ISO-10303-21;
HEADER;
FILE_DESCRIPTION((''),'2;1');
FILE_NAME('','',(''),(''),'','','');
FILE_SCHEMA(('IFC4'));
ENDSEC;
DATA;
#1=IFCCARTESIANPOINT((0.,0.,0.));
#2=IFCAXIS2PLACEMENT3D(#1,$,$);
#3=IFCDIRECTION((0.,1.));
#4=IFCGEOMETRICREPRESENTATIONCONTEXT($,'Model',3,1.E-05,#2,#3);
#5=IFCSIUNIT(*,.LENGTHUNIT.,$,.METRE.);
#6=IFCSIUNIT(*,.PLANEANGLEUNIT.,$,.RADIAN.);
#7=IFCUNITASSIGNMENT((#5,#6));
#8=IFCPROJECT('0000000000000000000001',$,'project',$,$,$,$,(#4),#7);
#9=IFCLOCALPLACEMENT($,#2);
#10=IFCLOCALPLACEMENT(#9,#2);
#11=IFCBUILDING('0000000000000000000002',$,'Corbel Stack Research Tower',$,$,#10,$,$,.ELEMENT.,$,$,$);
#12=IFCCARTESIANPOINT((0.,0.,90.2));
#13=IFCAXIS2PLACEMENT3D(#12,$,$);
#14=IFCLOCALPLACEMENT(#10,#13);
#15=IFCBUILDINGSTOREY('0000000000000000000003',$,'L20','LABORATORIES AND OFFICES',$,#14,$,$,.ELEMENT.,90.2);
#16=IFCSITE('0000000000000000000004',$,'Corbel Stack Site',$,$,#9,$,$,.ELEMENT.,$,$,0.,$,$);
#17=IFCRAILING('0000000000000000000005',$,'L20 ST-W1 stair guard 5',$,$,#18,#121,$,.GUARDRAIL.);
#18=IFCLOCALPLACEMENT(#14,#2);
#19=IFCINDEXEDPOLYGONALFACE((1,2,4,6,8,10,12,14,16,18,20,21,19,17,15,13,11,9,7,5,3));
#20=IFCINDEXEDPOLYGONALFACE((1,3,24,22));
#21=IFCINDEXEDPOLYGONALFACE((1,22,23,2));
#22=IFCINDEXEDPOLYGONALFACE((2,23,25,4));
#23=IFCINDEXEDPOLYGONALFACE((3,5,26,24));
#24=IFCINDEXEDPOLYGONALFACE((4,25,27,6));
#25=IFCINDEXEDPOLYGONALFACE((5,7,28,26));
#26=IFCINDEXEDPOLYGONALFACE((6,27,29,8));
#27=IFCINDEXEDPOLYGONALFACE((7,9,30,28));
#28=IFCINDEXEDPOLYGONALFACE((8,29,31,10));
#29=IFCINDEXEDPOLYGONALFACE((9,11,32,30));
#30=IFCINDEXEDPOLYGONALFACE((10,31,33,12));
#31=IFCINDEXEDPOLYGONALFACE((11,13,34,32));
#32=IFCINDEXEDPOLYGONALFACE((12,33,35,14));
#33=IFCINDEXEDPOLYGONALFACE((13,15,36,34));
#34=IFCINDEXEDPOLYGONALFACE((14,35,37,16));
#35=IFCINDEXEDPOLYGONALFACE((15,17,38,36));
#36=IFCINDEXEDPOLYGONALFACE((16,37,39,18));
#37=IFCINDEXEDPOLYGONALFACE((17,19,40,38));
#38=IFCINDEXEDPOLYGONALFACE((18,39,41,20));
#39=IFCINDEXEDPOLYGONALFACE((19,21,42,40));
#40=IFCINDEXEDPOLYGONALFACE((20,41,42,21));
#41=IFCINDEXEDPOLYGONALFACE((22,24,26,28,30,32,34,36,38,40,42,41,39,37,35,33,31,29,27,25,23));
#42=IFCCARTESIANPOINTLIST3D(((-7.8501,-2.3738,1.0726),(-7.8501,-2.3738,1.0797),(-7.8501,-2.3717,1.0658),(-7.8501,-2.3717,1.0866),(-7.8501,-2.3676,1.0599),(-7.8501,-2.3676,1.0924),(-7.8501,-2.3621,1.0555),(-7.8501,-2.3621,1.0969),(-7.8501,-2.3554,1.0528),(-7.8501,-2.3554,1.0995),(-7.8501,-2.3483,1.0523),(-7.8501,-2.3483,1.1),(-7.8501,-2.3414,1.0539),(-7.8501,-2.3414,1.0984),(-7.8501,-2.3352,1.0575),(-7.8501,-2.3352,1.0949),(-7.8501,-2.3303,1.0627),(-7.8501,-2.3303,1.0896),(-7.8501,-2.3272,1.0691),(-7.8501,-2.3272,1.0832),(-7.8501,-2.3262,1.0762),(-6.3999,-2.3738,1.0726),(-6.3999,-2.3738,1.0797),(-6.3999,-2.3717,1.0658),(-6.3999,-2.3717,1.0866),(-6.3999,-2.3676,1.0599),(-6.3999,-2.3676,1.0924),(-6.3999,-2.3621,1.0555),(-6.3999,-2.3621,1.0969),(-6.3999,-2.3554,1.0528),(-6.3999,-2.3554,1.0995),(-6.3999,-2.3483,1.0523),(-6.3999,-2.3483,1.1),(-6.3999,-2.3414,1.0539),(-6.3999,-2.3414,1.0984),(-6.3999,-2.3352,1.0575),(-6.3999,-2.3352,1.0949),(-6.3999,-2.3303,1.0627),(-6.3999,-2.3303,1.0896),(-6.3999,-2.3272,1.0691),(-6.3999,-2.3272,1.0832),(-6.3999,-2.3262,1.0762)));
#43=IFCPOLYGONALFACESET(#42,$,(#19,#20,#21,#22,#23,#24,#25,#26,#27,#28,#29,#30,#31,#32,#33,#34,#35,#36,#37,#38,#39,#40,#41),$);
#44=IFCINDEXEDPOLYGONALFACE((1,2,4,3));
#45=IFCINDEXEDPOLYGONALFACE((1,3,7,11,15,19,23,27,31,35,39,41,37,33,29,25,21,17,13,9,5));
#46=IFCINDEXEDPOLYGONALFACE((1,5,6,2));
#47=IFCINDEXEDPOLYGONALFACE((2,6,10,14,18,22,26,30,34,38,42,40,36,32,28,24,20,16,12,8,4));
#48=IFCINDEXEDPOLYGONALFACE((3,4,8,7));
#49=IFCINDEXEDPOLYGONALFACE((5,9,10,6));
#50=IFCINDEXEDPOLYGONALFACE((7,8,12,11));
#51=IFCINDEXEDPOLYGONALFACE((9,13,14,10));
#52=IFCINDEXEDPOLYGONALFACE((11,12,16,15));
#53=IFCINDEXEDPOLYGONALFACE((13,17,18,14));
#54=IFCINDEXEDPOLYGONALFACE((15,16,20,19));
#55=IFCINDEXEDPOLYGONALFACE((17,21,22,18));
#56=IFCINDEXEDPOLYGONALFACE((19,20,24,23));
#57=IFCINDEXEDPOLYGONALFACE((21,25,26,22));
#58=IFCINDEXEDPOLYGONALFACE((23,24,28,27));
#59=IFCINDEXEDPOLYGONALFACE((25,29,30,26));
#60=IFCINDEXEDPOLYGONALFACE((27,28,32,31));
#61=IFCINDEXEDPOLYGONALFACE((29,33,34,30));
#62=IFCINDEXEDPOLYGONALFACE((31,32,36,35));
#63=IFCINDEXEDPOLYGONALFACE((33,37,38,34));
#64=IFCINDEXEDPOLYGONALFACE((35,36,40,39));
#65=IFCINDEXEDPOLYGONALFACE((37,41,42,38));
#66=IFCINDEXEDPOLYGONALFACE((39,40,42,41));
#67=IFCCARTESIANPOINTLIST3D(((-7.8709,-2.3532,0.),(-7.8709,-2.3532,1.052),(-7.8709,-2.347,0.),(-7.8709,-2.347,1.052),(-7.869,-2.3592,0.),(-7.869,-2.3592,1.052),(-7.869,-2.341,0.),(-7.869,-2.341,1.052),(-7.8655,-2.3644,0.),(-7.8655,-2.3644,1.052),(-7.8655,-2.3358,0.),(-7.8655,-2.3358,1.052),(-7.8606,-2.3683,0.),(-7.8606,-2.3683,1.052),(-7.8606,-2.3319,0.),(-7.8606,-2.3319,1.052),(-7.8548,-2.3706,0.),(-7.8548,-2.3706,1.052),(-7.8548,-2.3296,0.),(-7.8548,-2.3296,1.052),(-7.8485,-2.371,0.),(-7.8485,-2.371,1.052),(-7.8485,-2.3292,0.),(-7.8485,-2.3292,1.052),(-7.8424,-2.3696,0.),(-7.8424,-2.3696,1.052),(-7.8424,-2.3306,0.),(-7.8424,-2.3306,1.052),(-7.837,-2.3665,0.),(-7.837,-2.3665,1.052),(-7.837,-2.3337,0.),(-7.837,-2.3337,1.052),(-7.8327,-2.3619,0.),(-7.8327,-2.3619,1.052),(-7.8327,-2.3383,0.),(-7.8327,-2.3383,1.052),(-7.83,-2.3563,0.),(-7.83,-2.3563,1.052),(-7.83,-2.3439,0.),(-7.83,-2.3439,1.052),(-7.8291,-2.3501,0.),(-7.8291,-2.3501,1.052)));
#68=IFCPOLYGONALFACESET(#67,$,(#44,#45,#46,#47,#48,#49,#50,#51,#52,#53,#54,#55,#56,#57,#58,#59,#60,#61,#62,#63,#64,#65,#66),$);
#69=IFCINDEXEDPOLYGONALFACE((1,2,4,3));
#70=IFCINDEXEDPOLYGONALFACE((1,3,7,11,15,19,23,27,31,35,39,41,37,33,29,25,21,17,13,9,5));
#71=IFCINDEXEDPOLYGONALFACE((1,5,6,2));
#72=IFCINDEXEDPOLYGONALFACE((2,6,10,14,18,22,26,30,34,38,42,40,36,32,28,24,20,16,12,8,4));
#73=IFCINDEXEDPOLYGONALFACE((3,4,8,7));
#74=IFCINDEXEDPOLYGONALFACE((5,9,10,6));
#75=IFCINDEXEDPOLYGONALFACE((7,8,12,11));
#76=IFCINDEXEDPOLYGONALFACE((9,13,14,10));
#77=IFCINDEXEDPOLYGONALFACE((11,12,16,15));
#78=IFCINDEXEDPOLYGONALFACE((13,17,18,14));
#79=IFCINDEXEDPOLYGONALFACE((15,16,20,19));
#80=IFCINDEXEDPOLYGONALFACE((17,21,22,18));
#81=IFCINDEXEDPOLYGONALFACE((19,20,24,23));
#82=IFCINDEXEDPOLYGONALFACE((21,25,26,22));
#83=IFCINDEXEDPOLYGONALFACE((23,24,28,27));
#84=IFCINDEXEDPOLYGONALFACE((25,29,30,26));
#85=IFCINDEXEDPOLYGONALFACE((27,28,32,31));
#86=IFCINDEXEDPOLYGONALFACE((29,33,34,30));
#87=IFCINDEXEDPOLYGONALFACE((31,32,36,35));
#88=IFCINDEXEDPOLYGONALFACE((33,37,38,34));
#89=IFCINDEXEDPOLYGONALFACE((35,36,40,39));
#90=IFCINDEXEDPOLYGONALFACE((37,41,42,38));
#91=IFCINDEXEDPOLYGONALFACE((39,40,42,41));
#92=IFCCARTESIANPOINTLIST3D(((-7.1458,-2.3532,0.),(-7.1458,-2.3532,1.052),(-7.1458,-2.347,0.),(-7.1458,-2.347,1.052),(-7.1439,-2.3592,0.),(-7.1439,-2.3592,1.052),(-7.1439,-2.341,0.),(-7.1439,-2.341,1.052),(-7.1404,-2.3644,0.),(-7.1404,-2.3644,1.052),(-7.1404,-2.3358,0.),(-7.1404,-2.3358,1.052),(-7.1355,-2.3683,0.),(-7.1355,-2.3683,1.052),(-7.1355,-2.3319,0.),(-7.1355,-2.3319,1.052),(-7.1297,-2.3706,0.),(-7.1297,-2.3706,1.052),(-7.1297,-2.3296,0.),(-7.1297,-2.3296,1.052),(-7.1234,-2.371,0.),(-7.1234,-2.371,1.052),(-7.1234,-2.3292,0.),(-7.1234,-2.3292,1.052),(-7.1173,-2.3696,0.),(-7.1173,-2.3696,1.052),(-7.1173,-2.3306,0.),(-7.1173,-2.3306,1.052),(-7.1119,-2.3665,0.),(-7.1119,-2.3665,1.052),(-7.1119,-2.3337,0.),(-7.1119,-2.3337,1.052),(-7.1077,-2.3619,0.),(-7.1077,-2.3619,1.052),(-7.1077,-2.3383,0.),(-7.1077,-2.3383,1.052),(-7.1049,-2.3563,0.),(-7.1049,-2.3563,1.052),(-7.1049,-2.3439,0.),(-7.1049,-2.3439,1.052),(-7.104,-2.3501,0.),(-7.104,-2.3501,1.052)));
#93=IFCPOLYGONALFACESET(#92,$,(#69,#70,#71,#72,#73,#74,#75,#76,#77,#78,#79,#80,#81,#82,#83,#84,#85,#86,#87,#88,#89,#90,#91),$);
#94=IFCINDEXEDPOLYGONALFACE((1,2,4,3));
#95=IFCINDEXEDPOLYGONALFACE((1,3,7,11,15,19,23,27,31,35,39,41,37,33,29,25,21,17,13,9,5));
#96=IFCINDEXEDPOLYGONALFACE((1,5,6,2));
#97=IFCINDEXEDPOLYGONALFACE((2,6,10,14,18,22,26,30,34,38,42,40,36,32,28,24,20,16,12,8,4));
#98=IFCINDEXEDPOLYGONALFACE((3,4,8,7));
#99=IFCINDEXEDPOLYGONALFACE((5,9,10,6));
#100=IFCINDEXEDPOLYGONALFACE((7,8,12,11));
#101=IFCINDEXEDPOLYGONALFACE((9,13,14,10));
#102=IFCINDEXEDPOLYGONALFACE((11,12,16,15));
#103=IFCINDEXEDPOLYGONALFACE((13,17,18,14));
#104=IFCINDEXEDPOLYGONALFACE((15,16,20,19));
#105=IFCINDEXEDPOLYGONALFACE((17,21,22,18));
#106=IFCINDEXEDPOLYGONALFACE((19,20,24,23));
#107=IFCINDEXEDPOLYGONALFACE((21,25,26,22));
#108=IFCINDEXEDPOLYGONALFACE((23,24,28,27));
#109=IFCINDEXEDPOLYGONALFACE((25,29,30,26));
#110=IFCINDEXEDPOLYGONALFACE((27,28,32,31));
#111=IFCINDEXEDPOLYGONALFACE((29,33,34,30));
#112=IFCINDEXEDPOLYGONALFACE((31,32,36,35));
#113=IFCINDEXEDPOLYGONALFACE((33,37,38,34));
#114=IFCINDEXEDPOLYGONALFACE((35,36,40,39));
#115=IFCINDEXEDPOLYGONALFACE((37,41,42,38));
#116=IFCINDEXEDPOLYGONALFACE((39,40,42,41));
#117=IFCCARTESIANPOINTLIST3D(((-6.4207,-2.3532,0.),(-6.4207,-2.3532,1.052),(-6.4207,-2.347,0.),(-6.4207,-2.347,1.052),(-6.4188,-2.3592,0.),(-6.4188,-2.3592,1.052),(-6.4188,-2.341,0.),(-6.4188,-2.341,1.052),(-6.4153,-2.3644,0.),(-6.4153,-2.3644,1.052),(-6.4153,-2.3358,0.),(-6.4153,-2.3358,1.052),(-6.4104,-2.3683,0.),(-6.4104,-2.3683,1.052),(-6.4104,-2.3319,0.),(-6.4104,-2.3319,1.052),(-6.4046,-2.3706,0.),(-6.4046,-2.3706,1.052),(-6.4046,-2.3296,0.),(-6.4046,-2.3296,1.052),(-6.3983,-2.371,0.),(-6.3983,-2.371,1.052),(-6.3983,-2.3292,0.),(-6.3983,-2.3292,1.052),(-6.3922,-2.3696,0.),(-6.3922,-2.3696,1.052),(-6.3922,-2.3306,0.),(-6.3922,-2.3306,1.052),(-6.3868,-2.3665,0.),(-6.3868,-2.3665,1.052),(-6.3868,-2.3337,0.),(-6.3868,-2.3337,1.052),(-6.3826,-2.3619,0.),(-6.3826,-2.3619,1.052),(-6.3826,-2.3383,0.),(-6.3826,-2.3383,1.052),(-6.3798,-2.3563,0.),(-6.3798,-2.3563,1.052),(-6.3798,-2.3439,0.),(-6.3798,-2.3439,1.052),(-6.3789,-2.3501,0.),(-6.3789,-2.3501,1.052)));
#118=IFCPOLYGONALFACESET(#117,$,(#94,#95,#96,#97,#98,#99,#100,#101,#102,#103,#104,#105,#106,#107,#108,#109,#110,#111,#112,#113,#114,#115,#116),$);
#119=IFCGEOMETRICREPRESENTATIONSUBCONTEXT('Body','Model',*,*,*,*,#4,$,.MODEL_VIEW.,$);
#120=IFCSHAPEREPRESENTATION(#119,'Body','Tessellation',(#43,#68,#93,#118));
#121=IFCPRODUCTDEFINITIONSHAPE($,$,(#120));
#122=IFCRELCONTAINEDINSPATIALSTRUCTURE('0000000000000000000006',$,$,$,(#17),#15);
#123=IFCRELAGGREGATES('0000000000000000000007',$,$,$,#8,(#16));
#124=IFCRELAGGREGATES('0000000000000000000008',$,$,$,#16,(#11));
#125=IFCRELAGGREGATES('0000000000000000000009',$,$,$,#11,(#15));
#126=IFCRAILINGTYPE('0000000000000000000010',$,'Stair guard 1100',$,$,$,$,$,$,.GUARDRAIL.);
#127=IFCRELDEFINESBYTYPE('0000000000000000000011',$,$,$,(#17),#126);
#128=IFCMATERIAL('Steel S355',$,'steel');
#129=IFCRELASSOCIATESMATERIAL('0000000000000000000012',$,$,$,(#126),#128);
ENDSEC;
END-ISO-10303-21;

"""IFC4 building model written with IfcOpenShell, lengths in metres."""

from ifc_helpers import new_model, si_unit, direction, frame, origin, origin_2d, place, context, subcontext, project, spatial, circle, extrude, material, type_object, element, save


model = new_model("IFC4")

# Units and contexts
model_context = context("Model", 3, precision=1e-05, world=origin(), true_north=direction((0.0, 1.0)))
body_context = subcontext(model_context, "Body", "Model", "MODEL_VIEW")
ifc_project = project(units=[si_unit("LENGTHUNIT", "METRE"), si_unit("PLANEANGLEUNIT", "RADIAN")], contexts=[model_context])

# Site, building, storey
site_placement = place(None, origin())
site = spatial("IfcSite", under=ifc_project, at=site_placement, Name="Corbel Stack Site", CompositionType="ELEMENT", RefElevation=0.0)
building_placement = place(site_placement, origin())
building = spatial("IfcBuilding", under=site, at=building_placement, Name="Corbel Stack Research Tower", CompositionType="ELEMENT")
storey_placement = place(building_placement, frame((0.0, 0.0, 90.2)))
storey = spatial("IfcBuildingStorey", under=building, at=storey_placement, Name="L20", Description="LABORATORIES AND OFFICES", CompositionType="ELEMENT", Elevation=90.2)

# Railing
ifc_material_1 = material(Name="Steel S355", Category="steel")
railing_type = type_object("IfcRailingType", Name="Stair guard 1100", PredefinedType="GUARDRAIL", material=ifc_material_1)
railing_1_placement = place(storey_placement, frame((-7.8501, -2.3501, 0.0)))
element("IfcRailing", 1, at=railing_1_placement, inside=storey, type_object=railing_type, Name="L20 ST-W1 stair guard 5", PredefinedType="GUARDRAIL", context=body_context, shape_type="SweptSolid", body=[
    extrude(circle(Radius=0.0239, at=origin_2d()), frame((0.0, 0.0, 1.0762), z_axis=(1.0, 0.0, 0.0), x_axis=(0.0, 1.0, 0.0)), (0.0, 0.0, 1.0), 1.4502),
    extrude(circle(Radius=0.021, at=origin_2d()), origin(), (0.0, 0.0, 1.0), 1.052),
    extrude(circle(Radius=0.021, at=origin_2d()), frame((0.7251, 0.0, 0.0)), (0.0, 0.0, 1.0), 1.052),
    extrude(circle(Radius=0.021, at=origin_2d()), frame((1.4502, 0.0, 0.0)), (0.0, 0.0, 1.0), 1.052),
])

save(model, "model.ifc")
